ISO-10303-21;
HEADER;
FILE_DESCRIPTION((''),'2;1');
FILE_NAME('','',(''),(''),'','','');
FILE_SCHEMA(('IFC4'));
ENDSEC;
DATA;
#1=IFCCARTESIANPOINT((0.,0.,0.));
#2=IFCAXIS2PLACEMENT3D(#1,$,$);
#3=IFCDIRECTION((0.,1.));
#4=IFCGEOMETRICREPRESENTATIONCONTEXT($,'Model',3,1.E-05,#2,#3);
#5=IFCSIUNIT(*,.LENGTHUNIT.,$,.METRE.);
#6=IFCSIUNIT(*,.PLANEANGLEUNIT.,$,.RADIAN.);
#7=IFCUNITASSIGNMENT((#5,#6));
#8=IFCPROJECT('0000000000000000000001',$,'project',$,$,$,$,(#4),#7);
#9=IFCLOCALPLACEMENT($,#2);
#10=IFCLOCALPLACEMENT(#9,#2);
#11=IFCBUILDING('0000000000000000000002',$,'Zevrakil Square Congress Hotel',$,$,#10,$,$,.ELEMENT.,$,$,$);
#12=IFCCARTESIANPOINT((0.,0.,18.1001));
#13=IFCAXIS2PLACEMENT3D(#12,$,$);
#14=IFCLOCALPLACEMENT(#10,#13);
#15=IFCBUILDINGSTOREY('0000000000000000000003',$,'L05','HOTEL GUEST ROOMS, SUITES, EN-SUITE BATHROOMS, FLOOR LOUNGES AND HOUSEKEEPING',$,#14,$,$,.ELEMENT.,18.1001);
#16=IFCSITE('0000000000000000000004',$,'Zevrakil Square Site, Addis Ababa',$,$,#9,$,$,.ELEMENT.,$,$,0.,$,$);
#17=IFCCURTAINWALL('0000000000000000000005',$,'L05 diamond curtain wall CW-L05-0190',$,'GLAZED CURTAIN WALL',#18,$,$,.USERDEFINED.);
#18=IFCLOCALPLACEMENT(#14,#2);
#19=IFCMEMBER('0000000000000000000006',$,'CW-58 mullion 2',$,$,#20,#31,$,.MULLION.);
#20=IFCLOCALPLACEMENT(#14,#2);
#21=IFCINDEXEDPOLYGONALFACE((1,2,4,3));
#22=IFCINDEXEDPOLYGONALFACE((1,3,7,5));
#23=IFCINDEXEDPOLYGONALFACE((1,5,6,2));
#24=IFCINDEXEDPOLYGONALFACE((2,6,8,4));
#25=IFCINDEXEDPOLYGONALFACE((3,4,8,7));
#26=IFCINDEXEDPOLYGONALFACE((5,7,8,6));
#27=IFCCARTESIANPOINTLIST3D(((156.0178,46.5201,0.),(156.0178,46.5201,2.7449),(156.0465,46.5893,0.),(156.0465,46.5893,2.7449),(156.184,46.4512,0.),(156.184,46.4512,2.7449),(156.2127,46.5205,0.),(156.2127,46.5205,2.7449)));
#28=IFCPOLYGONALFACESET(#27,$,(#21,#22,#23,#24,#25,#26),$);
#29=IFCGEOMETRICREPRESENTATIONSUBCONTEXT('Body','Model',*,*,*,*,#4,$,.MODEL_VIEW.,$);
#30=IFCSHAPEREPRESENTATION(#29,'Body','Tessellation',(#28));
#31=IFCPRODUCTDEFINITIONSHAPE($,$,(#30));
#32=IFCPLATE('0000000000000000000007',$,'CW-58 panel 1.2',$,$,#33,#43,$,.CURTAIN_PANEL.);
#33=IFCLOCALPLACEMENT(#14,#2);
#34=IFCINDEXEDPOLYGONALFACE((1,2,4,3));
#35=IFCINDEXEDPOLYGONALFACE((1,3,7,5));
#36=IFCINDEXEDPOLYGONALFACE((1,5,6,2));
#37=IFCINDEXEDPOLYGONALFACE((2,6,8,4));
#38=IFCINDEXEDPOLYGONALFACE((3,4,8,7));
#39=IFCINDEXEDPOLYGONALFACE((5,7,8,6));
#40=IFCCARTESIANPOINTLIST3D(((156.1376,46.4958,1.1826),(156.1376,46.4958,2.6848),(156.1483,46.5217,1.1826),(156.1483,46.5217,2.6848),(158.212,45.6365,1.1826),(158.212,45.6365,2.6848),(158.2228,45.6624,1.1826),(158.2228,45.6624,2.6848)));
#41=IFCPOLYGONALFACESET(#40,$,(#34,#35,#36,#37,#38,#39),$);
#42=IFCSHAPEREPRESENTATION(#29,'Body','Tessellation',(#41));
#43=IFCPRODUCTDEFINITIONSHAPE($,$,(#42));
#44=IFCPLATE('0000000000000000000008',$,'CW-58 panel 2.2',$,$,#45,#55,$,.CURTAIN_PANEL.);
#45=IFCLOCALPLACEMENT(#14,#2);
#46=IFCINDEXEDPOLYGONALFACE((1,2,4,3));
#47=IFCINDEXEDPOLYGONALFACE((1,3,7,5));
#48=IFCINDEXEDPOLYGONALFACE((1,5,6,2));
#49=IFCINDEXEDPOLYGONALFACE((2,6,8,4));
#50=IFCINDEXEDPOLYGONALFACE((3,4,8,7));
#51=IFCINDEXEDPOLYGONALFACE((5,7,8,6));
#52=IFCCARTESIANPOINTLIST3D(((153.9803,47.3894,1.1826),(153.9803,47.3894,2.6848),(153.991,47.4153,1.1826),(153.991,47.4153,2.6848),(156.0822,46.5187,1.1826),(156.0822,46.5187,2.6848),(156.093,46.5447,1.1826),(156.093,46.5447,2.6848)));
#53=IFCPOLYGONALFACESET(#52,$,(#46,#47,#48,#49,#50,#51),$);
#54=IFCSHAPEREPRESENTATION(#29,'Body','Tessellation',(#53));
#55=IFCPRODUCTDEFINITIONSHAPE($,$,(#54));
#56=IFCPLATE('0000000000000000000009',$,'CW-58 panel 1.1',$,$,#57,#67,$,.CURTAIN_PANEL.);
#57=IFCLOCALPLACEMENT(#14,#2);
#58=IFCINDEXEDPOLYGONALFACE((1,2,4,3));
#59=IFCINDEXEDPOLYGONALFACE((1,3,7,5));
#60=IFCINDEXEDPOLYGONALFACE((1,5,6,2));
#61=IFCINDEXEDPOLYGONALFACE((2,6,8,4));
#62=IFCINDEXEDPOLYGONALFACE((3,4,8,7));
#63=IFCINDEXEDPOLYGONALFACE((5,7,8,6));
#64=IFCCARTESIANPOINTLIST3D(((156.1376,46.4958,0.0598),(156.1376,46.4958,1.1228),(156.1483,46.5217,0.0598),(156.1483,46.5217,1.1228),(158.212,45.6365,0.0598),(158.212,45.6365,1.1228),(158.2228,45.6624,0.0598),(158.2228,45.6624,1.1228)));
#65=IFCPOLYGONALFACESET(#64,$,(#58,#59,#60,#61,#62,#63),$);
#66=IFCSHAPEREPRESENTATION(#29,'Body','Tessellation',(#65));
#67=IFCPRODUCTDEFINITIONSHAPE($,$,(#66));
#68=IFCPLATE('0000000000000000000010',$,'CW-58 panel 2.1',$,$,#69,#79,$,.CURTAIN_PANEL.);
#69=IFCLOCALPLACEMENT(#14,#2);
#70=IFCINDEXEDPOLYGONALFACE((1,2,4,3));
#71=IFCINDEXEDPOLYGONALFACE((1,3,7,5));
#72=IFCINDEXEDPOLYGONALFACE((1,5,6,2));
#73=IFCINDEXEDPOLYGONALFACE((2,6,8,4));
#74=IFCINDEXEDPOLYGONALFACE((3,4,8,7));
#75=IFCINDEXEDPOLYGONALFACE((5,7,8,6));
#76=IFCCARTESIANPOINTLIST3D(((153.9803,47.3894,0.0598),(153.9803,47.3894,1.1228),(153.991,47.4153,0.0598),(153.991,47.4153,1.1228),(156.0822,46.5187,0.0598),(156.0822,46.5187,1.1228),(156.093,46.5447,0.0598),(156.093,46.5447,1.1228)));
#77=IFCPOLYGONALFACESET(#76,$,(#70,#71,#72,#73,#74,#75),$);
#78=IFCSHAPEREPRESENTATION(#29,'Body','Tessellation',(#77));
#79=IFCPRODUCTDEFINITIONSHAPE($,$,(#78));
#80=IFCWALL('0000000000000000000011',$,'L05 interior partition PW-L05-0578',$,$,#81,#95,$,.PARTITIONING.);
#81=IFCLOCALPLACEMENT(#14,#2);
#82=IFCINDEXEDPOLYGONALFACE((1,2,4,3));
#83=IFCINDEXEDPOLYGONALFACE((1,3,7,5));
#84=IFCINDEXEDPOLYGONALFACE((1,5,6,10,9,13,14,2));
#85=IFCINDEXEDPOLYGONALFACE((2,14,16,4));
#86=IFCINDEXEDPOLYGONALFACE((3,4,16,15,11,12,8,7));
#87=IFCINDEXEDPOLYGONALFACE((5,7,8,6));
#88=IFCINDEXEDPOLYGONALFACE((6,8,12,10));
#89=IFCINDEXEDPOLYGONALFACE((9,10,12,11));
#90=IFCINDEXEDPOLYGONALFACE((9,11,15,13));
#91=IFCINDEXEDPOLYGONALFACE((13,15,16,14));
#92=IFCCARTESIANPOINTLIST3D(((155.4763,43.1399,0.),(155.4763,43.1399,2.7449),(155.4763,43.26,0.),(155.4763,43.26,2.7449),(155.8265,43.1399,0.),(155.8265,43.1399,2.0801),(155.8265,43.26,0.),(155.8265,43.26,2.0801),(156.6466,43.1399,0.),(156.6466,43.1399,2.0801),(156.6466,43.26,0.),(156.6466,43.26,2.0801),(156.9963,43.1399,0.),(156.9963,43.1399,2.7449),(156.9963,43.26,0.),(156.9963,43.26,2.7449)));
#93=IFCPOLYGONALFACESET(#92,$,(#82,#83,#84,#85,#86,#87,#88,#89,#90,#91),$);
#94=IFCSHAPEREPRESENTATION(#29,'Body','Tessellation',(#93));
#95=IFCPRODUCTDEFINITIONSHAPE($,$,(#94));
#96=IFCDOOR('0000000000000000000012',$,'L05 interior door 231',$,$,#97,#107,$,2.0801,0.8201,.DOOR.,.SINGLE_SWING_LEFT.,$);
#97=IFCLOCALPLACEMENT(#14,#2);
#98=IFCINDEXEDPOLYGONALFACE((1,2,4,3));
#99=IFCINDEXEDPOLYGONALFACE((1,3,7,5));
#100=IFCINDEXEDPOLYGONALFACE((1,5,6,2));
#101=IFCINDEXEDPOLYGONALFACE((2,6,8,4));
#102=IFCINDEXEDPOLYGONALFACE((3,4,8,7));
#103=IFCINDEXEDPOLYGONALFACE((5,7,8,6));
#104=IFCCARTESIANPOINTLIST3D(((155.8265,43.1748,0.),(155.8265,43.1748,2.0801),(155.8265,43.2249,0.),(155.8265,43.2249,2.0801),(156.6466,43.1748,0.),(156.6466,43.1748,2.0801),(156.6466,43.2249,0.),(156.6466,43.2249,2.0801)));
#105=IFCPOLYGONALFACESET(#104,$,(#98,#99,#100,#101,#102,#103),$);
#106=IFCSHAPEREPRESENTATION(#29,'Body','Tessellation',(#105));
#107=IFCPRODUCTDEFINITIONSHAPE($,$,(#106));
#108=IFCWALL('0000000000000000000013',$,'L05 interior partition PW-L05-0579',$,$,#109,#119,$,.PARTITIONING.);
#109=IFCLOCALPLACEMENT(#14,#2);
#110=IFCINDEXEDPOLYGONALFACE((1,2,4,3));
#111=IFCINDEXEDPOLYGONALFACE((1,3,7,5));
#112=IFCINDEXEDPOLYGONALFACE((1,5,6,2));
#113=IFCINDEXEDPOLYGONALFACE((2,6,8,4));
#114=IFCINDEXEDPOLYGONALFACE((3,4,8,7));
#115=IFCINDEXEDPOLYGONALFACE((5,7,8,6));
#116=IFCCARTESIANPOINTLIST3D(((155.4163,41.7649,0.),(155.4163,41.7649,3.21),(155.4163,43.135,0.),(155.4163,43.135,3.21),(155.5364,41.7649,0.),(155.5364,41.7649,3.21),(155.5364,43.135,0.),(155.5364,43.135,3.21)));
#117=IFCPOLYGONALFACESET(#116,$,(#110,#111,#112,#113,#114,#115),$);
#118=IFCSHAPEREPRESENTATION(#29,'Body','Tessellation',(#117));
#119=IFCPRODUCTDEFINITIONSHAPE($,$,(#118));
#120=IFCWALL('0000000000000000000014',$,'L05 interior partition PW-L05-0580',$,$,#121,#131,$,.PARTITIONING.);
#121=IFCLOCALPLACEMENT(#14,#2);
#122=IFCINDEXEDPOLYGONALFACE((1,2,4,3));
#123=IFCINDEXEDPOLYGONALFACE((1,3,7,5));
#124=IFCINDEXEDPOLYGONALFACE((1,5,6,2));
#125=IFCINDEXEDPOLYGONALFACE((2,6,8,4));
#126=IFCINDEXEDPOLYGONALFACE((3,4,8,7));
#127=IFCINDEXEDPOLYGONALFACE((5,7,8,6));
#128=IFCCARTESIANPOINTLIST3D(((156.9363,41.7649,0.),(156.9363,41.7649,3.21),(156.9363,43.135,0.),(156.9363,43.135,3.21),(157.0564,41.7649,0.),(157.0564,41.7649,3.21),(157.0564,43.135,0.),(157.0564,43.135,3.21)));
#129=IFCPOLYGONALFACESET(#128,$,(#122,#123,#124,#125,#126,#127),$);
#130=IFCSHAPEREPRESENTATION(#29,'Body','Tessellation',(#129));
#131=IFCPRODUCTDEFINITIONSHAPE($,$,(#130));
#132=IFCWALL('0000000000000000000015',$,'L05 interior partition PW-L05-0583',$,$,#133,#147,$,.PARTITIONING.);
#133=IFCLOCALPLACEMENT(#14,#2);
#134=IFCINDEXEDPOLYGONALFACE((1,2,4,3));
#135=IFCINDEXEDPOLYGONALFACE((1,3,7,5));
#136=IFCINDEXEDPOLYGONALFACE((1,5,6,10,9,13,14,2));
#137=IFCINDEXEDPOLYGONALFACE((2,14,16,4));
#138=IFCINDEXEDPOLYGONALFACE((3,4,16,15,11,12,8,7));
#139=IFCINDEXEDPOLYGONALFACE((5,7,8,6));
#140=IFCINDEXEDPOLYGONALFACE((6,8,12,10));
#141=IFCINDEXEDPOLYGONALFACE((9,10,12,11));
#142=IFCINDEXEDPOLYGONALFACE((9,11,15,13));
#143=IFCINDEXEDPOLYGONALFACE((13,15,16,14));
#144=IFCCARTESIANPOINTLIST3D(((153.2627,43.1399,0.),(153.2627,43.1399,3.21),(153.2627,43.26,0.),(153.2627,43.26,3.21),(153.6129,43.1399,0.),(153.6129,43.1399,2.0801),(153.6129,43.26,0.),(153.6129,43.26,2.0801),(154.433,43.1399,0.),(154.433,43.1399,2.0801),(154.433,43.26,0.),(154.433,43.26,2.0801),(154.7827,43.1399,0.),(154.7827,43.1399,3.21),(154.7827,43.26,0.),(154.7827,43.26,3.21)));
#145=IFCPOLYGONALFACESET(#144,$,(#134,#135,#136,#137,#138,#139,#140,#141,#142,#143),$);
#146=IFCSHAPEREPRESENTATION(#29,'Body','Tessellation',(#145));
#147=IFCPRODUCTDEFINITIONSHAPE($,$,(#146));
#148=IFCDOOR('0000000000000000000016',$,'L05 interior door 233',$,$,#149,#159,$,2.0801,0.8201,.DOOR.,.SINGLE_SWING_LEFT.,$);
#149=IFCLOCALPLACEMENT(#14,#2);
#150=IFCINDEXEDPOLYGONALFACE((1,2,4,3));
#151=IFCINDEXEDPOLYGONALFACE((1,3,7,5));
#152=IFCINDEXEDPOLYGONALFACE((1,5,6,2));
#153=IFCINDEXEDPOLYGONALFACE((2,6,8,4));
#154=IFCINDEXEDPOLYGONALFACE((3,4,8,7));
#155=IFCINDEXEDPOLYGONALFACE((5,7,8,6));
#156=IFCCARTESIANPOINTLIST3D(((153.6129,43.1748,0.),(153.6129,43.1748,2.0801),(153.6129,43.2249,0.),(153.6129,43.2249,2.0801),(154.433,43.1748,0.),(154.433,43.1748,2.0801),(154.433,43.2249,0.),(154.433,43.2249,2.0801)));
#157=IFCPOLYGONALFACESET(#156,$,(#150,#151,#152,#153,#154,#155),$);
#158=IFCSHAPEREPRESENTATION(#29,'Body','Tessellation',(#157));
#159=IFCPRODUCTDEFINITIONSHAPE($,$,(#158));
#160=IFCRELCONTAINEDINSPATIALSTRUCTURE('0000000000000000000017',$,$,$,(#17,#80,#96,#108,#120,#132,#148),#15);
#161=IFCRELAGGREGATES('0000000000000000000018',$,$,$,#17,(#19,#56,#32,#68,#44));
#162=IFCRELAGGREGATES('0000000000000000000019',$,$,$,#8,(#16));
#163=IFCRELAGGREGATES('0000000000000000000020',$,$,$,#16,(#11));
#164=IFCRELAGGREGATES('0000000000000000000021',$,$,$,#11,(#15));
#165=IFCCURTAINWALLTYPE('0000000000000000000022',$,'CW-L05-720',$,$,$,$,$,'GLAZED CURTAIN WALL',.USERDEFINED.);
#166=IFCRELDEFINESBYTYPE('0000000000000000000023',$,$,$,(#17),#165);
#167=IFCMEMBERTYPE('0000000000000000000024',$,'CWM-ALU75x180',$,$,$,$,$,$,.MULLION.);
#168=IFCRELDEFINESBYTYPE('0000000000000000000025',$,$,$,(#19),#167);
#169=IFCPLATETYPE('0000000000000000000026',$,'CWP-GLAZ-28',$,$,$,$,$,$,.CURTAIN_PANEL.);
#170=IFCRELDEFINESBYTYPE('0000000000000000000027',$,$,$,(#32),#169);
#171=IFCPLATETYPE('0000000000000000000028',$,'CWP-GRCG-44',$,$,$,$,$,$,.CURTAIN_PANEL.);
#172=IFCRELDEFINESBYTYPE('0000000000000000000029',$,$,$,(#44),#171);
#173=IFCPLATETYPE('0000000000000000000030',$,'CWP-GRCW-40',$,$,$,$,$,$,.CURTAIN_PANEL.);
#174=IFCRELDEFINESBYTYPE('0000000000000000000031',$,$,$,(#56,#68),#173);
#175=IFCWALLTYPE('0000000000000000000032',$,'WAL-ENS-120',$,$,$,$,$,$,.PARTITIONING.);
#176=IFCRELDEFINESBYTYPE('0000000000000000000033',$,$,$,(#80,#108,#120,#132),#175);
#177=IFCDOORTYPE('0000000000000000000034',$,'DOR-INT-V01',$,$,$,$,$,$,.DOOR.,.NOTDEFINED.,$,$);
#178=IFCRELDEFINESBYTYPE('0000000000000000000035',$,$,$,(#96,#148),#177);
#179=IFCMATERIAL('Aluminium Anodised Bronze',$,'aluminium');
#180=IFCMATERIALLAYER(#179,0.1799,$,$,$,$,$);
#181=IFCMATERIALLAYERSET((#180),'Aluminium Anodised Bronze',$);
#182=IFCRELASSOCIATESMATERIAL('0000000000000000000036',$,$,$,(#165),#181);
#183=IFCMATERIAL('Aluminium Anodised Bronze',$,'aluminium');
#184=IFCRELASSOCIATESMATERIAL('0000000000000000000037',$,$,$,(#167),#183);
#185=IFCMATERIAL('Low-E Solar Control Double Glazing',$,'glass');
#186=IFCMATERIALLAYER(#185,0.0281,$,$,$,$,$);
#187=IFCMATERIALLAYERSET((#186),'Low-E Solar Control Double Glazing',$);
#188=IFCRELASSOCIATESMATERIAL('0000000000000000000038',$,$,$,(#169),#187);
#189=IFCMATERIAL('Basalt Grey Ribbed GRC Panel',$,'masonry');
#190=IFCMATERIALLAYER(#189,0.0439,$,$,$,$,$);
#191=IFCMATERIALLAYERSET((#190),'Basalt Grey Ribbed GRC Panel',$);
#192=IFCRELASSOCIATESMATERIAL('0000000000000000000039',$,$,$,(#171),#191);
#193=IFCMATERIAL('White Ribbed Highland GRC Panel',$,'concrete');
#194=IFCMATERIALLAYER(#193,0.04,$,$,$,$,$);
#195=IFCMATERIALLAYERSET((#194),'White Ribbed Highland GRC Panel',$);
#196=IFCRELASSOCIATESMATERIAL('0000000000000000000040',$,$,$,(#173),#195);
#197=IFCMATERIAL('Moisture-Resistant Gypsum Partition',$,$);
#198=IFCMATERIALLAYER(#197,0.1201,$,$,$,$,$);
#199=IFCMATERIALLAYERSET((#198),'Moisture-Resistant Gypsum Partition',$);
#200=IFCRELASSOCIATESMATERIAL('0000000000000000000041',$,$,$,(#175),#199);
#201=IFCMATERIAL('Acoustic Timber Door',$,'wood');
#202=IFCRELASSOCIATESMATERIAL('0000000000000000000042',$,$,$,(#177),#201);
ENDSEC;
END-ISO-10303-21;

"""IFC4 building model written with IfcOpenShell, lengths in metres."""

from ifc_helpers import new_model, si_unit, direction, frame, frame_2d, origin, origin_2d, place, context, subcontext, project, spatial, rectangle, extrude, material, layer, layer_set, material_profile, profile_set, type_object, element, fill, aggregate, save


model = new_model("IFC4")

# Units and contexts
model_context = context("Model", 3, precision=1e-05, world=origin(), true_north=direction((0.0, 1.0)))
body_context = subcontext(model_context, "Body", "Model", "MODEL_VIEW")
ifc_project = project(units=[si_unit("LENGTHUNIT", "METRE"), si_unit("PLANEANGLEUNIT", "RADIAN")], contexts=[model_context])

# Site, building, storey
site_placement = place(None, origin())
site = spatial("IfcSite", under=ifc_project, at=site_placement, Name="Zevrakil Square Site, Addis Ababa", CompositionType="ELEMENT", RefElevation=0.0)
building_placement = place(site_placement, origin())
building = spatial("IfcBuilding", under=site, at=building_placement, Name="Zevrakil Square Congress Hotel", CompositionType="ELEMENT")
storey_placement = place(building_placement, frame((0.0, 0.0, 18.1001)))
storey = spatial("IfcBuildingStorey", under=building, at=storey_placement, Name="L05", Description="HOTEL GUEST ROOMS, SUITES, EN-SUITE BATHROOMS, FLOOR LOUNGES AND HOUSEKEEPING", CompositionType="ELEMENT", Elevation=18.1001)

# Curtain wall, member, plates
ifc_material_1 = material(Name="Aluminium Anodised Bronze", Category="aluminium")
ifc_layer_1 = layer(ifc_material_1, 0.1799)
ifc_layer_set_1 = layer_set([ifc_layer_1], Name="Aluminium Anodised Bronze")
curtain_wall_type = type_object("IfcCurtainWallType", Name="CW-L05-720", ElementType="GLAZED CURTAIN WALL", PredefinedType="USERDEFINED", material=ifc_layer_set_1)
curtain_wall_placement = place(storey_placement, origin())
curtain_wall = element("IfcCurtainWall", 1, at=curtain_wall_placement, inside=storey, type_object=curtain_wall_type, Name="L05 diamond curtain wall CW-L05-0190", ObjectType="GLAZED CURTAIN WALL", PredefinedType="USERDEFINED")
ifc_material_2 = material(Name="Aluminium Anodised Bronze", Category="aluminium")
ifc_material_profile_1 = material_profile(ifc_material_2, rectangle(XDim=0.075, YDim=0.1799, at=origin_2d()), Name="ALU 75x180")
ifc_profile_set_1 = profile_set([ifc_material_profile_1], Name="Aluminium Anodised Bronze")
member_type_1 = type_object("IfcMemberType", Name="CWM-ALU75x180", PredefinedType="MULLION", material=ifc_profile_set_1)
member_1_placement = place(storey_placement, frame((156.1152, 46.5203, 0.0), z_axis=(0.0, 0.0, 1.0), x_axis=(-0.382684, -0.923879, 0.0)))
member_1 = element("IfcMember", 2, at=member_1_placement, type_object=member_type_1, Name="CW-58 mullion 2", PredefinedType="MULLION", context=body_context, shape_type="SweptSolid", body=[
    extrude(rectangle(XDim=0.075, YDim=0.1799, at=origin_2d()), origin(), (0.0, 0.0, 1.0), 2.7449),
])
ifc_material_3 = material(Name="Low-E Solar Control Double Glazing", Category="glass")
ifc_layer_2 = layer(ifc_material_3, 0.0281)
ifc_layer_set_2 = layer_set([ifc_layer_2], Name="Low-E Solar Control Double Glazing")
plate_type_1 = type_object("IfcPlateType", Name="CWP-GLAZ-28", PredefinedType="CURTAIN_PANEL", material=ifc_layer_set_2)
plate_1_placement = place(storey_placement, frame((157.1802, 46.0791, 1.1826), z_axis=(0.0, 0.0, 1.0), x_axis=(-0.923879, 0.382684, 0.0)))
plate_1 = element("IfcPlate", 3, at=plate_1_placement, type_object=plate_type_1, Name="CW-58 panel 1.2", PredefinedType="CURTAIN_PANEL", context=body_context, shape_type="SweptSolid", body=[
    extrude(rectangle(XDim=2.2454, YDim=0.0281, at=origin_2d()), origin(), (0.0, 0.0, 1.0), 1.5022),
])
ifc_material_4 = material(Name="Basalt Grey Ribbed GRC Panel", Category="masonry")
ifc_layer_3 = layer(ifc_material_4, 0.0439)
ifc_layer_set_3 = layer_set([ifc_layer_3], Name="Basalt Grey Ribbed GRC Panel")
plate_type_2 = type_object("IfcPlateType", Name="CWP-GRCG-44", PredefinedType="CURTAIN_PANEL", material=ifc_layer_set_3)
plate_2_placement = place(storey_placement, frame((155.0366, 46.967, 1.1826), z_axis=(0.0, 0.0, 1.0), x_axis=(-0.923879, 0.382684, 0.0)))
plate_2 = element("IfcPlate", 4, at=plate_2_placement, type_object=plate_type_2, Name="CW-58 panel 2.2", PredefinedType="CURTAIN_PANEL", context=body_context, shape_type="SweptSolid", body=[
    extrude(rectangle(XDim=2.2751, YDim=0.0281, at=origin_2d()), origin(), (0.0, 0.0, 1.0), 1.5022),
])
ifc_material_5 = material(Name="White Ribbed Highland GRC Panel", Category="concrete")
ifc_layer_4 = layer(ifc_material_5, 0.04)
ifc_layer_set_4 = layer_set([ifc_layer_4], Name="White Ribbed Highland GRC Panel")
plate_type_3 = type_object("IfcPlateType", Name="CWP-GRCW-40", PredefinedType="CURTAIN_PANEL", material=ifc_layer_set_4)
plate_3_placement = place(storey_placement, frame((157.1802, 46.0791, 0.0598), z_axis=(0.0, 0.0, 1.0), x_axis=(-0.923879, 0.382684, 0.0)))
plate_3 = element("IfcPlate", 5, at=plate_3_placement, type_object=plate_type_3, Name="CW-58 panel 1.1", PredefinedType="CURTAIN_PANEL", context=body_context, shape_type="SweptSolid", body=[
    extrude(rectangle(XDim=2.2454, YDim=0.0281, at=origin_2d()), origin(), (0.0, 0.0, 1.0), 1.063),
])
plate_4_placement = place(storey_placement, frame((155.0366, 46.967, 0.0598), z_axis=(0.0, 0.0, 1.0), x_axis=(-0.923879, 0.382684, 0.0)))
plate_4 = element("IfcPlate", 6, at=plate_4_placement, type_object=plate_type_3, Name="CW-58 panel 2.1", PredefinedType="CURTAIN_PANEL", context=body_context, shape_type="SweptSolid", body=[
    extrude(rectangle(XDim=2.2751, YDim=0.0281, at=origin_2d()), origin(), (0.0, 0.0, 1.0), 1.063),
])
aggregate(curtain_wall, [member_1, plate_3, plate_1, plate_4, plate_2])

# Wall, opening, door
ifc_material_6 = material(Name="Moisture-Resistant Gypsum Partition")
ifc_layer_5 = layer(ifc_material_6, 0.1201)
ifc_layer_set_5 = layer_set([ifc_layer_5], Name="Moisture-Resistant Gypsum Partition")
wall_type = type_object("IfcWallType", Name="WAL-ENS-120", PredefinedType="PARTITIONING", material=ifc_layer_set_5)
wall_1_placement = place(storey_placement, frame((155.4763, 43.2, 0.0), z_axis=(0.0, 0.0, 1.0), x_axis=(1.0, 0.0, 0.0)))
wall_1 = element("IfcWall", 7, at=wall_1_placement, inside=storey, type_object=wall_type, Name="L05 interior partition PW-L05-0578", PredefinedType="PARTITIONING", context=body_context, shape_type="SweptSolid", body=[
    extrude(rectangle(XDim=1.52, YDim=0.1201, at=frame_2d((0.76, 0.0))), origin(), (0.0, 0.0, 1.0), 2.7449),
])
opening_1_placement = place(wall_1_placement, frame((0.3501, 0.0, 0.0)))
opening_1 = element("IfcOpeningElement", 8, at=opening_1_placement, cuts=wall_1, PredefinedType="OPENING", context=body_context, shape_type="SweptSolid", body=[
    extrude(rectangle(XDim=0.8201, YDim=2.0801, at=frame_2d((0.4102, 1.04))), frame((0.0, 0.0701, 0.0), z_axis=(0.0, -1.0, 0.0), x_axis=(1.0, 0.0, 0.0)), (0.0, 0.0, 1.0), 0.1401),
])
ifc_material_7 = material(Name="Acoustic Timber Door", Category="wood")
door_type = type_object("IfcDoorType", Name="DOR-INT-V01", OperationType="NOTDEFINED", PredefinedType="DOOR", material=ifc_material_7)
door_1_placement = place(opening_1_placement, origin())
door_1 = element("IfcDoor", 9, at=door_1_placement, inside=storey, type_object=door_type, Name="L05 interior door 231", OperationType="SINGLE_SWING_LEFT", OverallHeight=2.0801, OverallWidth=0.8201, PredefinedType="DOOR", context=body_context, shape_type="SweptSolid", body=[
    extrude(rectangle(XDim=0.8201, YDim=2.0801, at=frame_2d((0.4102, 1.04))), frame((0.0, 0.0249, 0.0), z_axis=(0.0, -1.0, 0.0), x_axis=(1.0, 0.0, 0.0)), (0.0, 0.0, 1.0), 0.05),
])
fill(opening_1, door_1)

# Walls
for number, where, z_axis, x_axis, name in (
    (10, (155.4763, 41.7649, 0.0), (0.0, 0.0, 1.0), (0.0, 1.0, 0.0), "L05 interior partition PW-L05-0579"),
    (11, (156.9963, 41.7649, 0.0), (0.0, 0.0, 1.0), (0.0, 1.0, 0.0), "L05 interior partition PW-L05-0580"),
):
    element("IfcWall", number, at=place(storey_placement, frame(where, z_axis=z_axis, x_axis=x_axis)), inside=storey, type_object=wall_type, Name=name, PredefinedType="PARTITIONING", context=body_context, shape_type="SweptSolid", body=[
        extrude(rectangle(XDim=1.3701, YDim=0.1201, at=frame_2d((0.6851, 0.0))), origin(), (0.0, 0.0, 1.0), 3.21),
    ])

# Wall, opening, door
wall_2_placement = place(storey_placement, frame((153.2627, 43.2, 0.0), z_axis=(0.0, 0.0, 1.0), x_axis=(1.0, 0.0, 0.0)))
wall_2 = element("IfcWall", 12, at=wall_2_placement, inside=storey, type_object=wall_type, Name="L05 interior partition PW-L05-0583", PredefinedType="PARTITIONING", context=body_context, shape_type="SweptSolid", body=[
    extrude(rectangle(XDim=1.52, YDim=0.1201, at=frame_2d((0.76, 0.0))), origin(), (0.0, 0.0, 1.0), 3.21),
])
opening_2_placement = place(wall_2_placement, frame((0.3501, 0.0, 0.0)))
opening_2 = element("IfcOpeningElement", 13, at=opening_2_placement, cuts=wall_2, PredefinedType="OPENING", context=body_context, shape_type="SweptSolid", body=[
    extrude(rectangle(XDim=0.8201, YDim=2.0801, at=frame_2d((0.4102, 1.04))), frame((0.0, 0.0701, 0.0), z_axis=(0.0, -1.0, 0.0), x_axis=(1.0, 0.0, 0.0)), (0.0, 0.0, 1.0), 0.1401),
])
door_2_placement = place(opening_2_placement, origin())
door_2 = element("IfcDoor", 14, at=door_2_placement, inside=storey, type_object=door_type, Name="L05 interior door 233", OperationType="SINGLE_SWING_LEFT", OverallHeight=2.0801, OverallWidth=0.8201, PredefinedType="DOOR", context=body_context, shape_type="SweptSolid", body=[
    extrude(rectangle(XDim=0.8201, YDim=2.0801, at=frame_2d((0.4102, 1.04))), frame((0.0, 0.0249, 0.0), z_axis=(0.0, -1.0, 0.0), x_axis=(1.0, 0.0, 0.0)), (0.0, 0.0, 1.0), 0.05),
])
fill(opening_2, door_2)

save(model, "model.ifc")
